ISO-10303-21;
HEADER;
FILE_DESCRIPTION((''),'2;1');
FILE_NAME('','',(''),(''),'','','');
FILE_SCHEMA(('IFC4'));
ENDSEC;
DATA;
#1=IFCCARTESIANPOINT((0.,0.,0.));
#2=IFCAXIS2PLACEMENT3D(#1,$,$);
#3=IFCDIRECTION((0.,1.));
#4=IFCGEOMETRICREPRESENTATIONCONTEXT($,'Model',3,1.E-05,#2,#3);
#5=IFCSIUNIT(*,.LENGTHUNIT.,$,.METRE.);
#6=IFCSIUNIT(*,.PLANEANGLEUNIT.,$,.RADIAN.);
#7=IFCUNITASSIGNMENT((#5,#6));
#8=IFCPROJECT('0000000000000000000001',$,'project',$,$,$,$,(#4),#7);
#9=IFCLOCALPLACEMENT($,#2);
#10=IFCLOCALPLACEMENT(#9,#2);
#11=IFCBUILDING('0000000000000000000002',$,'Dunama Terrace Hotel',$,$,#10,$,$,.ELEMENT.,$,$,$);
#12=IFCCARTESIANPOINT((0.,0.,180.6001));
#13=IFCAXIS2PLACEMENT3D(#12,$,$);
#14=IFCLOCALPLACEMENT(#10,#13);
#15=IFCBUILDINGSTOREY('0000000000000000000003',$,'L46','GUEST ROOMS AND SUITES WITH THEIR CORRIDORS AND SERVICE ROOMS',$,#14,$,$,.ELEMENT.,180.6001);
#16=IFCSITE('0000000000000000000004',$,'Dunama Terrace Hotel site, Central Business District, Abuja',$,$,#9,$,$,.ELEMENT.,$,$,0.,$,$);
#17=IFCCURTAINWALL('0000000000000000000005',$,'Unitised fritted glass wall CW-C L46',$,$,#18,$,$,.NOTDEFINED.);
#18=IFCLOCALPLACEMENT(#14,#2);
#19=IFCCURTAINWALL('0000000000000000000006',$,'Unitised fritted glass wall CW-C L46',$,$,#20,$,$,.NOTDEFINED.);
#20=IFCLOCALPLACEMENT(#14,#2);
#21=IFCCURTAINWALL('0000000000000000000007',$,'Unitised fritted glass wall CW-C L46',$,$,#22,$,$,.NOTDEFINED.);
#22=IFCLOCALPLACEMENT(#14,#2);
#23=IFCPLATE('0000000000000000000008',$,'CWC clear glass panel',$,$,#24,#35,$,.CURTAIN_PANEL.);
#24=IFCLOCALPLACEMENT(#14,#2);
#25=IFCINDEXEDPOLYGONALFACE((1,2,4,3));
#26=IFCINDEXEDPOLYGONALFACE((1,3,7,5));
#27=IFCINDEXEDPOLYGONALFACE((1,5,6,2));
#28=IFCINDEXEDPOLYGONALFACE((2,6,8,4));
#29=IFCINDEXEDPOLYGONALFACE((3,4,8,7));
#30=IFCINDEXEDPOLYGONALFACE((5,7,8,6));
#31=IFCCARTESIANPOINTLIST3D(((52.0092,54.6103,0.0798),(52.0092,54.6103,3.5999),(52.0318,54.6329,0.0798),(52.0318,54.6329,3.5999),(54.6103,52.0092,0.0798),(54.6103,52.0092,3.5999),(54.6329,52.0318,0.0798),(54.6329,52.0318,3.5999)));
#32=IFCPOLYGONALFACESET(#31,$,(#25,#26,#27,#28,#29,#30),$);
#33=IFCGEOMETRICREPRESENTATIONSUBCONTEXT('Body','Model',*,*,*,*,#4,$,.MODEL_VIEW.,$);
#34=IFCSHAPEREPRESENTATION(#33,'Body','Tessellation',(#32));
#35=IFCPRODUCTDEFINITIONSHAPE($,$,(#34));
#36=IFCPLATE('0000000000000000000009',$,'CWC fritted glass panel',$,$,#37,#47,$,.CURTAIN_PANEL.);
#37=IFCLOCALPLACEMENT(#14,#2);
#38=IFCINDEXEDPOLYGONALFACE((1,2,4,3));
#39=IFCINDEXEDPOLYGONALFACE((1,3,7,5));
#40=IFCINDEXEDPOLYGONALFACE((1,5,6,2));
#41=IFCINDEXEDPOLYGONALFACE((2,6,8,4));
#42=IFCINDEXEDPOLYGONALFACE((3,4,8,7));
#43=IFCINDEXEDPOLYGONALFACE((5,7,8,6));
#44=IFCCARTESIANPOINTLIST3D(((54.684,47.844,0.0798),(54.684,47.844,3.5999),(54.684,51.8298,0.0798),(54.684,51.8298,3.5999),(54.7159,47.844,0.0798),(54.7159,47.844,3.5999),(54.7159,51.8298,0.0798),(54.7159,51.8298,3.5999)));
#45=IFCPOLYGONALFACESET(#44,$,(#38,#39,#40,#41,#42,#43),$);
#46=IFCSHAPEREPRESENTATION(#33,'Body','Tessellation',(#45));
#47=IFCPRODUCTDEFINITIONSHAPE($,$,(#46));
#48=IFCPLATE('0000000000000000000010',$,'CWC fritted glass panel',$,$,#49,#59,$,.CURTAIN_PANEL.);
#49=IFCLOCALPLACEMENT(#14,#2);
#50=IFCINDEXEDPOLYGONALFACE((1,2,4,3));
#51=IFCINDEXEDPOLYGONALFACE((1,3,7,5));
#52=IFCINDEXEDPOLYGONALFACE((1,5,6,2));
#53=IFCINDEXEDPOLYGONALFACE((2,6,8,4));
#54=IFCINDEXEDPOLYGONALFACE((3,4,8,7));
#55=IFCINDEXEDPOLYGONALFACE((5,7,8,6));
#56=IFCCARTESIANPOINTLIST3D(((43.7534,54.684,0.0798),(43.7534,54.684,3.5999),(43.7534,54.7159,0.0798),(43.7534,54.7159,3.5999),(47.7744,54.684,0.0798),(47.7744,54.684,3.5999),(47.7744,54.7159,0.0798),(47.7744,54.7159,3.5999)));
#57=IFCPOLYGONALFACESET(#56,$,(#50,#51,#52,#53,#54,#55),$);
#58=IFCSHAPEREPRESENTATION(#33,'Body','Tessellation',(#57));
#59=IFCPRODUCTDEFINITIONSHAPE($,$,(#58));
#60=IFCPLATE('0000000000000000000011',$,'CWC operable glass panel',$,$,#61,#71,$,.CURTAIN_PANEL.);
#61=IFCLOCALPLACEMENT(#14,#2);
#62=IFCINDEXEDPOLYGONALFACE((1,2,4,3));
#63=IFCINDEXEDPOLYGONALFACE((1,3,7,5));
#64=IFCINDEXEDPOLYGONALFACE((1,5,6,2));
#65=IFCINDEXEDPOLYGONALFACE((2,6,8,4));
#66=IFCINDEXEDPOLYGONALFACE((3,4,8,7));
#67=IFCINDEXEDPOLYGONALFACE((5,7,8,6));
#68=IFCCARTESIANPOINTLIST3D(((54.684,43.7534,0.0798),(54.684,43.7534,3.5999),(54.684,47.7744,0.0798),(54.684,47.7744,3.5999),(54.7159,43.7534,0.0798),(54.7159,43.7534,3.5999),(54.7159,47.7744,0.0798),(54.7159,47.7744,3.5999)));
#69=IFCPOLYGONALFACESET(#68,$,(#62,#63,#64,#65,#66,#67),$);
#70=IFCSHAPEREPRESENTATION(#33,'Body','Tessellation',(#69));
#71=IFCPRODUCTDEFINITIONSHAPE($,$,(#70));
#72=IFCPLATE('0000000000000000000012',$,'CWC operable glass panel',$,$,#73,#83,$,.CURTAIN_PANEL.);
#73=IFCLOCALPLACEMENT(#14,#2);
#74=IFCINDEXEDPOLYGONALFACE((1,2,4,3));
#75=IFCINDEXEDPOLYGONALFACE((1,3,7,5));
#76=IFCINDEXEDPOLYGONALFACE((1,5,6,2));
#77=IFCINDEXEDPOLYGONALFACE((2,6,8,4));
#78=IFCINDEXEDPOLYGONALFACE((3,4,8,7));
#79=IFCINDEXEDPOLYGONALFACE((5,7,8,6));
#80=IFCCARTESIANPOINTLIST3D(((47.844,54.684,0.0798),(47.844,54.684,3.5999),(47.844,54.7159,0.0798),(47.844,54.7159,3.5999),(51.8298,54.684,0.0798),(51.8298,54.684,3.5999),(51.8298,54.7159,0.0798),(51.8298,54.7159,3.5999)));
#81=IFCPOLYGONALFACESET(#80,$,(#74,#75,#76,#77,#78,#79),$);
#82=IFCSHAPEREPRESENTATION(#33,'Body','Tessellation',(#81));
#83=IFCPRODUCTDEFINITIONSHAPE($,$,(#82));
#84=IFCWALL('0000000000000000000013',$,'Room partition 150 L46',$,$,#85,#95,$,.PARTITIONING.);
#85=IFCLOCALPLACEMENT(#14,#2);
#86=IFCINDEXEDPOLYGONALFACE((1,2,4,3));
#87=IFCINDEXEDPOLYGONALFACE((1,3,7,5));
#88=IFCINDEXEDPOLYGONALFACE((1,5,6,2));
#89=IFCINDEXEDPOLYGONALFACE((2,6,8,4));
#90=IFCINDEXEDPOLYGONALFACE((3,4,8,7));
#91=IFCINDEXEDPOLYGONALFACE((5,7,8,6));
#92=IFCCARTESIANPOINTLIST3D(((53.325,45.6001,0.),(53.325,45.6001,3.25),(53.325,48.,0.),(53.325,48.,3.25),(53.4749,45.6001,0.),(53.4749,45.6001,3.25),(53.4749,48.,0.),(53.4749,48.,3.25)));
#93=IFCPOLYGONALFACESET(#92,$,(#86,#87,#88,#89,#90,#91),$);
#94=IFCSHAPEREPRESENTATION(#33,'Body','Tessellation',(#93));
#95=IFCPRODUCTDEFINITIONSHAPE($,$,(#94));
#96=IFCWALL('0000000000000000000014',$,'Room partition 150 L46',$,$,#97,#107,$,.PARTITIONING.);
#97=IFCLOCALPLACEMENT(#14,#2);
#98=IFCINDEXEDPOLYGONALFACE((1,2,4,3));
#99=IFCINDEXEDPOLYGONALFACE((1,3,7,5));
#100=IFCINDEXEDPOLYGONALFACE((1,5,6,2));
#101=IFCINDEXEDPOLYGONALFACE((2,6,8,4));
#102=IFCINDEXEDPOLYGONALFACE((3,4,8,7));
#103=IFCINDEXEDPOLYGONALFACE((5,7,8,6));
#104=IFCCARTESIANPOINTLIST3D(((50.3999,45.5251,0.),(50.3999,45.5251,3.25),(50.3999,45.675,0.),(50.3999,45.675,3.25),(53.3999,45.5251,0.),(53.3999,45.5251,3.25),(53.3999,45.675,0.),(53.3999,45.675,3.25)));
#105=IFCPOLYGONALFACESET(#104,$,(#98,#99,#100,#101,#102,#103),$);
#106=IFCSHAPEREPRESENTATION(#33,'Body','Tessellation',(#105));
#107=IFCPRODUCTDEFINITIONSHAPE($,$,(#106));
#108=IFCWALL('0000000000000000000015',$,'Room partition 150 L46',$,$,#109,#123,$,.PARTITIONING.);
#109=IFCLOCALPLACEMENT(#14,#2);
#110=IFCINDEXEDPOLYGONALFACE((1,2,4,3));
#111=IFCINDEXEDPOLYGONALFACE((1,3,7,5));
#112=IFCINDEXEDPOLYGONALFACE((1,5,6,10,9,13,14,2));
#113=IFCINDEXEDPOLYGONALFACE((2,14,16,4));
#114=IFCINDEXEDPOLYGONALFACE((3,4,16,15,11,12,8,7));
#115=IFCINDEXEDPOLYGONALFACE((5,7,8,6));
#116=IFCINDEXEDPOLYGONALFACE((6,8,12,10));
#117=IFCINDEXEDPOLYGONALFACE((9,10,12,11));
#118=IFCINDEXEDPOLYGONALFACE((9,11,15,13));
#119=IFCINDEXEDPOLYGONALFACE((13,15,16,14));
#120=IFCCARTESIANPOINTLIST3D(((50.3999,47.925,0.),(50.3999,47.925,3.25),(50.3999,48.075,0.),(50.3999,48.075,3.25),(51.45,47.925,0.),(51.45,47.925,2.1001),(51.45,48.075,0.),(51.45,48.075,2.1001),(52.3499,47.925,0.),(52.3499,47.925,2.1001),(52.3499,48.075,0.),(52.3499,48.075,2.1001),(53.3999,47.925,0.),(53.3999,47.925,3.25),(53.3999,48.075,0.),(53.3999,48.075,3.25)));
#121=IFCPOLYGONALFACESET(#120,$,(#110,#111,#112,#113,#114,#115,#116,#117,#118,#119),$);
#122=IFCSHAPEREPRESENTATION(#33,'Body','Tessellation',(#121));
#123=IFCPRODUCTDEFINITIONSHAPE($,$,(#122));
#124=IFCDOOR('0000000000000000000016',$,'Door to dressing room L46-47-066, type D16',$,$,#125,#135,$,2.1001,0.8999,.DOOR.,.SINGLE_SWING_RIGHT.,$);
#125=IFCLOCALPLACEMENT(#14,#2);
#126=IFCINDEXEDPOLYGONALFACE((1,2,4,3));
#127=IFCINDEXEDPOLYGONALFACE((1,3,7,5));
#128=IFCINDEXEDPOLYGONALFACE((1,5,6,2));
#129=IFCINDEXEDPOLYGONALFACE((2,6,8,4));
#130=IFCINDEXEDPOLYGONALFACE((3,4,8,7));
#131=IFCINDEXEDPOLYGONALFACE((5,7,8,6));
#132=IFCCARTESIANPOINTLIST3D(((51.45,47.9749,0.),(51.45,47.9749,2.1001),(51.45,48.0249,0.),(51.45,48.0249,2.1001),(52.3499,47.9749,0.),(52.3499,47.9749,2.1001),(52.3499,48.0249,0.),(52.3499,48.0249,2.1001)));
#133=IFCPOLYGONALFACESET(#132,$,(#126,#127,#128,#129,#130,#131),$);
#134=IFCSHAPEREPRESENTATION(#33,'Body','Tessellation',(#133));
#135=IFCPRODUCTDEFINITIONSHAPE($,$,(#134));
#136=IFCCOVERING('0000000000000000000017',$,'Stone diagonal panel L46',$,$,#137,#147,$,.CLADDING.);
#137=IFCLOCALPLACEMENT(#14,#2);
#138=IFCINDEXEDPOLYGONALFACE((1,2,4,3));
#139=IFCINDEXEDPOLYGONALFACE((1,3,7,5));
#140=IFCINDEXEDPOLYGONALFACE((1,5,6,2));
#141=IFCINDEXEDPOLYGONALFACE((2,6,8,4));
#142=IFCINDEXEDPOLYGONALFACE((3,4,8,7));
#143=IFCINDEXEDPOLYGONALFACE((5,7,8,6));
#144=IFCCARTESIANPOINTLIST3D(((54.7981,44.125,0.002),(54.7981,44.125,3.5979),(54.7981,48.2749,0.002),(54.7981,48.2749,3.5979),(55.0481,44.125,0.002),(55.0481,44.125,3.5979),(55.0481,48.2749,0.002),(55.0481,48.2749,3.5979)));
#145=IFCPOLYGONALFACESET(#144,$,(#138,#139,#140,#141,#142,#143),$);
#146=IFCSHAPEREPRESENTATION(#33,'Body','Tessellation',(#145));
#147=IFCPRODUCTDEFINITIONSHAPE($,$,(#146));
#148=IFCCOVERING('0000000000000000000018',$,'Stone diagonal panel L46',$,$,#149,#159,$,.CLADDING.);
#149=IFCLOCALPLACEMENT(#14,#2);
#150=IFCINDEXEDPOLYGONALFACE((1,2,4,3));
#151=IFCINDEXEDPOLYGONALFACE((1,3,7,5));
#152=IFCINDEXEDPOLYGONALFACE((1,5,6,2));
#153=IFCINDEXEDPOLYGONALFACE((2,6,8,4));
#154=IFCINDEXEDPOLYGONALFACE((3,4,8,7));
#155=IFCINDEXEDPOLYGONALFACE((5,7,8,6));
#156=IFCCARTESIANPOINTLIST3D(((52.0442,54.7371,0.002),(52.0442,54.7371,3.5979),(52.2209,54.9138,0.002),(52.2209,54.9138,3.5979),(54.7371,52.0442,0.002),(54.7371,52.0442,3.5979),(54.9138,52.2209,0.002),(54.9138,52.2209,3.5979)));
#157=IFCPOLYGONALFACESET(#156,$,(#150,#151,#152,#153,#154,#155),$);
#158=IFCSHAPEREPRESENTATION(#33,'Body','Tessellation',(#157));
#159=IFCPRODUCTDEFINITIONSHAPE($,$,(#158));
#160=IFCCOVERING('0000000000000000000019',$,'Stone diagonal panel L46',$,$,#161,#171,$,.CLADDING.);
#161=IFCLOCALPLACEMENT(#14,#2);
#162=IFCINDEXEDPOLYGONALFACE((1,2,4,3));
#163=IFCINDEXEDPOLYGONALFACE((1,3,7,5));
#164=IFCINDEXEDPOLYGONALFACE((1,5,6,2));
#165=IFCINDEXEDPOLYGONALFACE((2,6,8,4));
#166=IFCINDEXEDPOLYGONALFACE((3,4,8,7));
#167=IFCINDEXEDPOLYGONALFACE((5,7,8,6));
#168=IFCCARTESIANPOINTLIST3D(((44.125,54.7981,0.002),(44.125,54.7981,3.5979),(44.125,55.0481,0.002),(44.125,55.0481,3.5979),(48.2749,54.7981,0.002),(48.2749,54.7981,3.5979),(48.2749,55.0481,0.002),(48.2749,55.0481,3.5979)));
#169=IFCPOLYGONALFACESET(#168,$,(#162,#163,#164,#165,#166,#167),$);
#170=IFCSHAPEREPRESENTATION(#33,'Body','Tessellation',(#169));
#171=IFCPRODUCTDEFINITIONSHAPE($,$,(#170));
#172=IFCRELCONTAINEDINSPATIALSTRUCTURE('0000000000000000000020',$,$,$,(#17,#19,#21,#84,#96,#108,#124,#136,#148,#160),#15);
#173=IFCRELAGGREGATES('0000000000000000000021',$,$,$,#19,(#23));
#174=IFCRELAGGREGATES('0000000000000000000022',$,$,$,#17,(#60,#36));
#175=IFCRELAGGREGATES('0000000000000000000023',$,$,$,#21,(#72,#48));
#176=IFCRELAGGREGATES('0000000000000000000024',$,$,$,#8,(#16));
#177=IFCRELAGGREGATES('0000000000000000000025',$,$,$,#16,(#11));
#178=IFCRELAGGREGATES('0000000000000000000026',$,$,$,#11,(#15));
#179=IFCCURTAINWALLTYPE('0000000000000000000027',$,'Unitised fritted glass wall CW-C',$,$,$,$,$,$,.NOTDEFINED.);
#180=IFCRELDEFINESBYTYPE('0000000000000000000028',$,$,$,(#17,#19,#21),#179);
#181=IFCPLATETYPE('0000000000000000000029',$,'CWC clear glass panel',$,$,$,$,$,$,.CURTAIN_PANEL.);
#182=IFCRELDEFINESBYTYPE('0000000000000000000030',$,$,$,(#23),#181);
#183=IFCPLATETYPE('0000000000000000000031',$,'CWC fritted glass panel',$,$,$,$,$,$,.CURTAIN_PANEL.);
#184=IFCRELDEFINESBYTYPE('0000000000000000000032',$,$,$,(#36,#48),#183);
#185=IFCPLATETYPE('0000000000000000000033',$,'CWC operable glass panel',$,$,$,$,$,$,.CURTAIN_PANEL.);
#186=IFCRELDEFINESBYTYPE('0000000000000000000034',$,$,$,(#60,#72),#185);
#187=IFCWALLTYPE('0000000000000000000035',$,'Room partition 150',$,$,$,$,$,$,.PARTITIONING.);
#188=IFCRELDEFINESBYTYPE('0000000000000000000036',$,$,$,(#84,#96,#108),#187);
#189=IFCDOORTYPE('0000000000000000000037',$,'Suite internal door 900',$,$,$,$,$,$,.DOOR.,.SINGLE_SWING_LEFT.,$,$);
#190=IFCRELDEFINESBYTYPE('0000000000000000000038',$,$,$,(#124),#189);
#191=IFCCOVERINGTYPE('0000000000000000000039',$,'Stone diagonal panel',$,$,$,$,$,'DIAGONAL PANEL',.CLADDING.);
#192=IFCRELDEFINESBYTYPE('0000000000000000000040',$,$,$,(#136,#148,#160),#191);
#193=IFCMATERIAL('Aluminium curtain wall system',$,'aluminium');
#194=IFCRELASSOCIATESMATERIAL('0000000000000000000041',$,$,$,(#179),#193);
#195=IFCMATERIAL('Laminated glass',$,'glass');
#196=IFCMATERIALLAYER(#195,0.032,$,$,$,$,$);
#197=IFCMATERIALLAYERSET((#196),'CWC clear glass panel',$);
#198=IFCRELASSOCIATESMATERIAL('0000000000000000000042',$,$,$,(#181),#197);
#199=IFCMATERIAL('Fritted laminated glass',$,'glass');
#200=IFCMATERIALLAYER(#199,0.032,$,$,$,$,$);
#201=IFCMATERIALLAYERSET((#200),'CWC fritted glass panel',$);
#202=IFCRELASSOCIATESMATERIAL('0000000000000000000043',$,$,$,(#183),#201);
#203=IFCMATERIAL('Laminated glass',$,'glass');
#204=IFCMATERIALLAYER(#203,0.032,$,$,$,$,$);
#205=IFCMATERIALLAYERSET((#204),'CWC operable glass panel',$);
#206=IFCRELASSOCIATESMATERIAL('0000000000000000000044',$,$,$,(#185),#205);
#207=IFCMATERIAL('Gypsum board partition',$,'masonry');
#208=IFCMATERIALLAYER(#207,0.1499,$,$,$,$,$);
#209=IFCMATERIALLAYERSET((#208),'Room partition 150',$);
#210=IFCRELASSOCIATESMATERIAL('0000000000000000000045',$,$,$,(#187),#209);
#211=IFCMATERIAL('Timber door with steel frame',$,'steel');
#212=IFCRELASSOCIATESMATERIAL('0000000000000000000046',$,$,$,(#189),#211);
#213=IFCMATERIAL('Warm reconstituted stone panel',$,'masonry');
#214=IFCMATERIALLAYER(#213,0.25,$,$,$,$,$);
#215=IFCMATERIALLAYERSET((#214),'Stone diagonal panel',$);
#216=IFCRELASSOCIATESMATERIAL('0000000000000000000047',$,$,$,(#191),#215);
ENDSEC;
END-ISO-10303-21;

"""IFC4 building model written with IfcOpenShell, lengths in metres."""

from ifc_helpers import new_model, si_unit, direction, frame, frame_2d, origin, origin_2d, place, context, subcontext, project, spatial, rectangle, extrude, material, layer, layer_set, type_object, element, fill, aggregate, save


model = new_model("IFC4")

# Units and contexts
model_context = context("Model", 3, precision=1e-05, world=origin(), true_north=direction((0.0, 1.0)))
body_context = subcontext(model_context, "Body", "Model", "MODEL_VIEW")
ifc_project = project(units=[si_unit("LENGTHUNIT", "METRE"), si_unit("PLANEANGLEUNIT", "RADIAN")], contexts=[model_context])

# Site, building, storey
site_placement = place(None, origin())
site = spatial("IfcSite", under=ifc_project, at=site_placement, Name="Dunama Terrace Hotel site, Central Business District, Abuja", CompositionType="ELEMENT", RefElevation=0.0)
building_placement = place(site_placement, origin())
building = spatial("IfcBuilding", under=site, at=building_placement, Name="Dunama Terrace Hotel", CompositionType="ELEMENT")
storey_placement = place(building_placement, frame((0.0, 0.0, 180.6001)))
storey = spatial("IfcBuildingStorey", under=building, at=storey_placement, Name="L46", Description="GUEST ROOMS AND SUITES WITH THEIR CORRIDORS AND SERVICE ROOMS", CompositionType="ELEMENT", Elevation=180.6001)

# Curtain walls
ifc_material_1 = material(Name="Aluminium curtain wall system", Category="aluminium")
curtain_wall_type = type_object("IfcCurtainWallType", Name="Unitised fritted glass wall CW-C", PredefinedType="NOTDEFINED", material=ifc_material_1)
curtain_wall_1_placement = place(storey_placement, origin())
curtain_wall_1 = element("IfcCurtainWall", 1, at=curtain_wall_1_placement, inside=storey, type_object=curtain_wall_type, Name="Unitised fritted glass wall CW-C L46", PredefinedType="NOTDEFINED")
curtain_wall_2_placement = place(storey_placement, origin())
curtain_wall_2 = element("IfcCurtainWall", 2, at=curtain_wall_2_placement, inside=storey, type_object=curtain_wall_type, Name="Unitised fritted glass wall CW-C L46", PredefinedType="NOTDEFINED")
curtain_wall_3_placement = place(storey_placement, origin())
curtain_wall_3 = element("IfcCurtainWall", 3, at=curtain_wall_3_placement, inside=storey, type_object=curtain_wall_type, Name="Unitised fritted glass wall CW-C L46", PredefinedType="NOTDEFINED")

# Plates
ifc_material_2 = material(Name="Laminated glass", Category="glass")
ifc_layer_1 = layer(ifc_material_2, 0.032)
ifc_layer_set_1 = layer_set([ifc_layer_1], Name="CWC clear glass panel")
plate_type_1 = type_object("IfcPlateType", Name="CWC clear glass panel", PredefinedType="CURTAIN_PANEL", material=ifc_layer_set_1)
plate_1_placement = place(storey_placement, frame((53.321, 53.321, 0.0798), z_axis=(0.0, 0.0, 1.0), x_axis=(-0.707107, 0.707107, 0.0)))
plate_1 = element("IfcPlate", 4, at=plate_1_placement, type_object=plate_type_1, Name="CWC clear glass panel", PredefinedType="CURTAIN_PANEL", context=body_context, shape_type="SweptSolid", body=[
    extrude(rectangle(XDim=3.6785, YDim=0.032, at=origin_2d()), origin(), (0.0, 0.0, 1.0), 3.52),
])
aggregate(curtain_wall_2, [plate_1])
ifc_material_3 = material(Name="Fritted laminated glass", Category="glass")
ifc_layer_2 = layer(ifc_material_3, 0.032)
ifc_layer_set_2 = layer_set([ifc_layer_2], Name="CWC fritted glass panel")
plate_type_2 = type_object("IfcPlateType", Name="CWC fritted glass panel", PredefinedType="CURTAIN_PANEL", material=ifc_layer_set_2)
plate_2_placement = place(storey_placement, frame((54.7, 49.8369, 0.0798), z_axis=(0.0, 0.0, 1.0), x_axis=(0.0, 1.0, 0.0)))
plate_2 = element("IfcPlate", 5, at=plate_2_placement, type_object=plate_type_2, Name="CWC fritted glass panel", PredefinedType="CURTAIN_PANEL", context=body_context, shape_type="SweptSolid", body=[
    extrude(rectangle(XDim=3.9858, YDim=0.032, at=origin_2d()), origin(), (0.0, 0.0, 1.0), 3.52),
])
plate_3_placement = place(storey_placement, frame((45.7639, 54.7, 0.0798), z_axis=(0.0, 0.0, 1.0), x_axis=(-1.0, 0.0, 0.0)))
plate_3 = element("IfcPlate", 6, at=plate_3_placement, type_object=plate_type_2, Name="CWC fritted glass panel", PredefinedType="CURTAIN_PANEL", context=body_context, shape_type="SweptSolid", body=[
    extrude(rectangle(XDim=4.021, YDim=0.032, at=origin_2d()), origin(), (0.0, 0.0, 1.0), 3.52),
])
ifc_material_4 = material(Name="Laminated glass", Category="glass")
ifc_layer_3 = layer(ifc_material_4, 0.032)
ifc_layer_set_3 = layer_set([ifc_layer_3], Name="CWC operable glass panel")
plate_type_3 = type_object("IfcPlateType", Name="CWC operable glass panel", PredefinedType="CURTAIN_PANEL", material=ifc_layer_set_3)
plate_4_placement = place(storey_placement, frame((54.7, 45.7639, 0.0798), z_axis=(0.0, 0.0, 1.0), x_axis=(0.0, 1.0, 0.0)))
plate_4 = element("IfcPlate", 7, at=plate_4_placement, type_object=plate_type_3, Name="CWC operable glass panel", PredefinedType="CURTAIN_PANEL", context=body_context, shape_type="SweptSolid", body=[
    extrude(rectangle(XDim=4.021, YDim=0.032, at=origin_2d()), origin(), (0.0, 0.0, 1.0), 3.52),
])
aggregate(curtain_wall_1, [plate_4, plate_2])
plate_5_placement = place(storey_placement, frame((49.8369, 54.7, 0.0798), z_axis=(0.0, 0.0, 1.0), x_axis=(-1.0, 0.0, 0.0)))
plate_5 = element("IfcPlate", 8, at=plate_5_placement, type_object=plate_type_3, Name="CWC operable glass panel", PredefinedType="CURTAIN_PANEL", context=body_context, shape_type="SweptSolid", body=[
    extrude(rectangle(XDim=3.9858, YDim=0.032, at=origin_2d()), origin(), (0.0, 0.0, 1.0), 3.52),
])
aggregate(curtain_wall_3, [plate_5, plate_3])

# Walls
ifc_material_5 = material(Name="Gypsum board partition", Category="masonry")
ifc_layer_4 = layer(ifc_material_5, 0.1499)
ifc_layer_set_4 = layer_set([ifc_layer_4], Name="Room partition 150")
wall_type = type_object("IfcWallType", Name="Room partition 150", PredefinedType="PARTITIONING", material=ifc_layer_set_4)
wall_1_placement = place(storey_placement, frame((53.3999, 45.6001, 0.0), z_axis=(0.0, 0.0, 1.0), x_axis=(0.0, 1.0, 0.0)))
element("IfcWall", 9, at=wall_1_placement, inside=storey, type_object=wall_type, Name="Room partition 150 L46", PredefinedType="PARTITIONING", context=body_context, shape_type="SweptSolid", body=[
    extrude(rectangle(XDim=2.3999, YDim=0.1499, at=frame_2d((1.2, 0.0))), origin(), (0.0, 0.0, 1.0), 3.25),
])
wall_2_placement = place(storey_placement, frame((50.3999, 45.6001, 0.0), z_axis=(0.0, 0.0, 1.0), x_axis=(1.0, 0.0, 0.0)))
element("IfcWall", 10, at=wall_2_placement, inside=storey, type_object=wall_type, Name="Room partition 150 L46", PredefinedType="PARTITIONING", context=body_context, shape_type="SweptSolid", body=[
    extrude(rectangle(XDim=3.0, YDim=0.1499, at=frame_2d((1.5, 0.0))), origin(), (0.0, 0.0, 1.0), 3.25),
])

# Wall, opening, door
wall_3_placement = place(storey_placement, frame((50.3999, 48.0, 0.0), z_axis=(0.0, 0.0, 1.0), x_axis=(1.0, 0.0, 0.0)))
wall_3 = element("IfcWall", 11, at=wall_3_placement, inside=storey, type_object=wall_type, Name="Room partition 150 L46", PredefinedType="PARTITIONING", context=body_context, shape_type="SweptSolid", body=[
    extrude(rectangle(XDim=3.0, YDim=0.1499, at=frame_2d((1.5, 0.0))), origin(), (0.0, 0.0, 1.0), 3.25),
])
opening_placement = place(wall_3_placement, frame((1.05, 0.0, 0.0)))
opening = element("IfcOpeningElement", 12, at=opening_placement, cuts=wall_3, PredefinedType="OPENING", context=body_context, shape_type="SweptSolid", body=[
    extrude(rectangle(XDim=0.8999, YDim=2.1001, at=frame_2d((0.45, 1.05))), frame((0.0, 0.085, 0.0), z_axis=(0.0, -1.0, 0.0), x_axis=(1.0, 0.0, 0.0)), (0.0, 0.0, 1.0), 0.1699),
])
ifc_material_6 = material(Name="Timber door with steel frame", Category="steel")
door_type = type_object("IfcDoorType", Name="Suite internal door 900", OperationType="SINGLE_SWING_LEFT", PredefinedType="DOOR", material=ifc_material_6)
door_placement = place(opening_placement, frame((0.8999, 0.0, 0.0), z_axis=(0.0, 0.0, 1.0), x_axis=(-1.0, 0.0, 0.0)))
door = element("IfcDoor", 13, at=door_placement, inside=storey, type_object=door_type, Name="Door to dressing room L46-47-066, type D16", OperationType="SINGLE_SWING_RIGHT", OverallHeight=2.1001, OverallWidth=0.8999, PredefinedType="DOOR", context=body_context, shape_type="SweptSolid", body=[
    extrude(rectangle(XDim=0.8999, YDim=2.1001, at=frame_2d((0.45, 1.05))), frame((0.0, 0.0251, 0.0), z_axis=(0.0, -1.0, 0.0), x_axis=(1.0, 0.0, 0.0)), (0.0, 0.0, 1.0), 0.05),
])
fill(opening, door)

# Coverings
ifc_material_7 = material(Name="Warm reconstituted stone panel", Category="masonry")
ifc_layer_5 = layer(ifc_material_7, 0.25)
ifc_layer_set_5 = layer_set([ifc_layer_5], Name="Stone diagonal panel")
covering_type = type_object("IfcCoveringType", Name="Stone diagonal panel", ElementType="DIAGONAL PANEL", PredefinedType="CLADDING", material=ifc_layer_set_5)
covering_1_placement = place(storey_placement, frame((54.9231, 46.2, 0.002), z_axis=(0.0, 0.0, 1.0), x_axis=(0.0, 1.0, 0.0)))
element("IfcCovering", 14, at=covering_1_placement, inside=storey, type_object=covering_type, Name="Stone diagonal panel L46", PredefinedType="CLADDING", context=body_context, shape_type="SweptSolid", body=[
    extrude(rectangle(XDim=4.1499, YDim=0.25, at=origin_2d()), origin(), (0.0, 0.0, 1.0), 3.5959),
])
covering_2_placement = place(storey_placement, frame((53.479, 53.479, 0.002), z_axis=(0.0, 0.0, 1.0), x_axis=(-0.707107, 0.707107, 0.0)))
element("IfcCovering", 15, at=covering_2_placement, inside=storey, type_object=covering_type, Name="Stone diagonal panel L46", PredefinedType="CLADDING", context=body_context, shape_type="SweptSolid", body=[
    extrude(rectangle(XDim=3.8083, YDim=0.25, at=origin_2d()), origin(), (0.0, 0.0, 1.0), 3.5959),
])
covering_3_placement = place(storey_placement, frame((46.2, 54.9231, 0.002), z_axis=(0.0, 0.0, 1.0), x_axis=(-1.0, 0.0, 0.0)))
element("IfcCovering", 16, at=covering_3_placement, inside=storey, type_object=covering_type, Name="Stone diagonal panel L46", PredefinedType="CLADDING", context=body_context, shape_type="SweptSolid", body=[
    extrude(rectangle(XDim=4.1499, YDim=0.25, at=origin_2d()), origin(), (0.0, 0.0, 1.0), 3.5959),
])

save(model, "model.ifc")
